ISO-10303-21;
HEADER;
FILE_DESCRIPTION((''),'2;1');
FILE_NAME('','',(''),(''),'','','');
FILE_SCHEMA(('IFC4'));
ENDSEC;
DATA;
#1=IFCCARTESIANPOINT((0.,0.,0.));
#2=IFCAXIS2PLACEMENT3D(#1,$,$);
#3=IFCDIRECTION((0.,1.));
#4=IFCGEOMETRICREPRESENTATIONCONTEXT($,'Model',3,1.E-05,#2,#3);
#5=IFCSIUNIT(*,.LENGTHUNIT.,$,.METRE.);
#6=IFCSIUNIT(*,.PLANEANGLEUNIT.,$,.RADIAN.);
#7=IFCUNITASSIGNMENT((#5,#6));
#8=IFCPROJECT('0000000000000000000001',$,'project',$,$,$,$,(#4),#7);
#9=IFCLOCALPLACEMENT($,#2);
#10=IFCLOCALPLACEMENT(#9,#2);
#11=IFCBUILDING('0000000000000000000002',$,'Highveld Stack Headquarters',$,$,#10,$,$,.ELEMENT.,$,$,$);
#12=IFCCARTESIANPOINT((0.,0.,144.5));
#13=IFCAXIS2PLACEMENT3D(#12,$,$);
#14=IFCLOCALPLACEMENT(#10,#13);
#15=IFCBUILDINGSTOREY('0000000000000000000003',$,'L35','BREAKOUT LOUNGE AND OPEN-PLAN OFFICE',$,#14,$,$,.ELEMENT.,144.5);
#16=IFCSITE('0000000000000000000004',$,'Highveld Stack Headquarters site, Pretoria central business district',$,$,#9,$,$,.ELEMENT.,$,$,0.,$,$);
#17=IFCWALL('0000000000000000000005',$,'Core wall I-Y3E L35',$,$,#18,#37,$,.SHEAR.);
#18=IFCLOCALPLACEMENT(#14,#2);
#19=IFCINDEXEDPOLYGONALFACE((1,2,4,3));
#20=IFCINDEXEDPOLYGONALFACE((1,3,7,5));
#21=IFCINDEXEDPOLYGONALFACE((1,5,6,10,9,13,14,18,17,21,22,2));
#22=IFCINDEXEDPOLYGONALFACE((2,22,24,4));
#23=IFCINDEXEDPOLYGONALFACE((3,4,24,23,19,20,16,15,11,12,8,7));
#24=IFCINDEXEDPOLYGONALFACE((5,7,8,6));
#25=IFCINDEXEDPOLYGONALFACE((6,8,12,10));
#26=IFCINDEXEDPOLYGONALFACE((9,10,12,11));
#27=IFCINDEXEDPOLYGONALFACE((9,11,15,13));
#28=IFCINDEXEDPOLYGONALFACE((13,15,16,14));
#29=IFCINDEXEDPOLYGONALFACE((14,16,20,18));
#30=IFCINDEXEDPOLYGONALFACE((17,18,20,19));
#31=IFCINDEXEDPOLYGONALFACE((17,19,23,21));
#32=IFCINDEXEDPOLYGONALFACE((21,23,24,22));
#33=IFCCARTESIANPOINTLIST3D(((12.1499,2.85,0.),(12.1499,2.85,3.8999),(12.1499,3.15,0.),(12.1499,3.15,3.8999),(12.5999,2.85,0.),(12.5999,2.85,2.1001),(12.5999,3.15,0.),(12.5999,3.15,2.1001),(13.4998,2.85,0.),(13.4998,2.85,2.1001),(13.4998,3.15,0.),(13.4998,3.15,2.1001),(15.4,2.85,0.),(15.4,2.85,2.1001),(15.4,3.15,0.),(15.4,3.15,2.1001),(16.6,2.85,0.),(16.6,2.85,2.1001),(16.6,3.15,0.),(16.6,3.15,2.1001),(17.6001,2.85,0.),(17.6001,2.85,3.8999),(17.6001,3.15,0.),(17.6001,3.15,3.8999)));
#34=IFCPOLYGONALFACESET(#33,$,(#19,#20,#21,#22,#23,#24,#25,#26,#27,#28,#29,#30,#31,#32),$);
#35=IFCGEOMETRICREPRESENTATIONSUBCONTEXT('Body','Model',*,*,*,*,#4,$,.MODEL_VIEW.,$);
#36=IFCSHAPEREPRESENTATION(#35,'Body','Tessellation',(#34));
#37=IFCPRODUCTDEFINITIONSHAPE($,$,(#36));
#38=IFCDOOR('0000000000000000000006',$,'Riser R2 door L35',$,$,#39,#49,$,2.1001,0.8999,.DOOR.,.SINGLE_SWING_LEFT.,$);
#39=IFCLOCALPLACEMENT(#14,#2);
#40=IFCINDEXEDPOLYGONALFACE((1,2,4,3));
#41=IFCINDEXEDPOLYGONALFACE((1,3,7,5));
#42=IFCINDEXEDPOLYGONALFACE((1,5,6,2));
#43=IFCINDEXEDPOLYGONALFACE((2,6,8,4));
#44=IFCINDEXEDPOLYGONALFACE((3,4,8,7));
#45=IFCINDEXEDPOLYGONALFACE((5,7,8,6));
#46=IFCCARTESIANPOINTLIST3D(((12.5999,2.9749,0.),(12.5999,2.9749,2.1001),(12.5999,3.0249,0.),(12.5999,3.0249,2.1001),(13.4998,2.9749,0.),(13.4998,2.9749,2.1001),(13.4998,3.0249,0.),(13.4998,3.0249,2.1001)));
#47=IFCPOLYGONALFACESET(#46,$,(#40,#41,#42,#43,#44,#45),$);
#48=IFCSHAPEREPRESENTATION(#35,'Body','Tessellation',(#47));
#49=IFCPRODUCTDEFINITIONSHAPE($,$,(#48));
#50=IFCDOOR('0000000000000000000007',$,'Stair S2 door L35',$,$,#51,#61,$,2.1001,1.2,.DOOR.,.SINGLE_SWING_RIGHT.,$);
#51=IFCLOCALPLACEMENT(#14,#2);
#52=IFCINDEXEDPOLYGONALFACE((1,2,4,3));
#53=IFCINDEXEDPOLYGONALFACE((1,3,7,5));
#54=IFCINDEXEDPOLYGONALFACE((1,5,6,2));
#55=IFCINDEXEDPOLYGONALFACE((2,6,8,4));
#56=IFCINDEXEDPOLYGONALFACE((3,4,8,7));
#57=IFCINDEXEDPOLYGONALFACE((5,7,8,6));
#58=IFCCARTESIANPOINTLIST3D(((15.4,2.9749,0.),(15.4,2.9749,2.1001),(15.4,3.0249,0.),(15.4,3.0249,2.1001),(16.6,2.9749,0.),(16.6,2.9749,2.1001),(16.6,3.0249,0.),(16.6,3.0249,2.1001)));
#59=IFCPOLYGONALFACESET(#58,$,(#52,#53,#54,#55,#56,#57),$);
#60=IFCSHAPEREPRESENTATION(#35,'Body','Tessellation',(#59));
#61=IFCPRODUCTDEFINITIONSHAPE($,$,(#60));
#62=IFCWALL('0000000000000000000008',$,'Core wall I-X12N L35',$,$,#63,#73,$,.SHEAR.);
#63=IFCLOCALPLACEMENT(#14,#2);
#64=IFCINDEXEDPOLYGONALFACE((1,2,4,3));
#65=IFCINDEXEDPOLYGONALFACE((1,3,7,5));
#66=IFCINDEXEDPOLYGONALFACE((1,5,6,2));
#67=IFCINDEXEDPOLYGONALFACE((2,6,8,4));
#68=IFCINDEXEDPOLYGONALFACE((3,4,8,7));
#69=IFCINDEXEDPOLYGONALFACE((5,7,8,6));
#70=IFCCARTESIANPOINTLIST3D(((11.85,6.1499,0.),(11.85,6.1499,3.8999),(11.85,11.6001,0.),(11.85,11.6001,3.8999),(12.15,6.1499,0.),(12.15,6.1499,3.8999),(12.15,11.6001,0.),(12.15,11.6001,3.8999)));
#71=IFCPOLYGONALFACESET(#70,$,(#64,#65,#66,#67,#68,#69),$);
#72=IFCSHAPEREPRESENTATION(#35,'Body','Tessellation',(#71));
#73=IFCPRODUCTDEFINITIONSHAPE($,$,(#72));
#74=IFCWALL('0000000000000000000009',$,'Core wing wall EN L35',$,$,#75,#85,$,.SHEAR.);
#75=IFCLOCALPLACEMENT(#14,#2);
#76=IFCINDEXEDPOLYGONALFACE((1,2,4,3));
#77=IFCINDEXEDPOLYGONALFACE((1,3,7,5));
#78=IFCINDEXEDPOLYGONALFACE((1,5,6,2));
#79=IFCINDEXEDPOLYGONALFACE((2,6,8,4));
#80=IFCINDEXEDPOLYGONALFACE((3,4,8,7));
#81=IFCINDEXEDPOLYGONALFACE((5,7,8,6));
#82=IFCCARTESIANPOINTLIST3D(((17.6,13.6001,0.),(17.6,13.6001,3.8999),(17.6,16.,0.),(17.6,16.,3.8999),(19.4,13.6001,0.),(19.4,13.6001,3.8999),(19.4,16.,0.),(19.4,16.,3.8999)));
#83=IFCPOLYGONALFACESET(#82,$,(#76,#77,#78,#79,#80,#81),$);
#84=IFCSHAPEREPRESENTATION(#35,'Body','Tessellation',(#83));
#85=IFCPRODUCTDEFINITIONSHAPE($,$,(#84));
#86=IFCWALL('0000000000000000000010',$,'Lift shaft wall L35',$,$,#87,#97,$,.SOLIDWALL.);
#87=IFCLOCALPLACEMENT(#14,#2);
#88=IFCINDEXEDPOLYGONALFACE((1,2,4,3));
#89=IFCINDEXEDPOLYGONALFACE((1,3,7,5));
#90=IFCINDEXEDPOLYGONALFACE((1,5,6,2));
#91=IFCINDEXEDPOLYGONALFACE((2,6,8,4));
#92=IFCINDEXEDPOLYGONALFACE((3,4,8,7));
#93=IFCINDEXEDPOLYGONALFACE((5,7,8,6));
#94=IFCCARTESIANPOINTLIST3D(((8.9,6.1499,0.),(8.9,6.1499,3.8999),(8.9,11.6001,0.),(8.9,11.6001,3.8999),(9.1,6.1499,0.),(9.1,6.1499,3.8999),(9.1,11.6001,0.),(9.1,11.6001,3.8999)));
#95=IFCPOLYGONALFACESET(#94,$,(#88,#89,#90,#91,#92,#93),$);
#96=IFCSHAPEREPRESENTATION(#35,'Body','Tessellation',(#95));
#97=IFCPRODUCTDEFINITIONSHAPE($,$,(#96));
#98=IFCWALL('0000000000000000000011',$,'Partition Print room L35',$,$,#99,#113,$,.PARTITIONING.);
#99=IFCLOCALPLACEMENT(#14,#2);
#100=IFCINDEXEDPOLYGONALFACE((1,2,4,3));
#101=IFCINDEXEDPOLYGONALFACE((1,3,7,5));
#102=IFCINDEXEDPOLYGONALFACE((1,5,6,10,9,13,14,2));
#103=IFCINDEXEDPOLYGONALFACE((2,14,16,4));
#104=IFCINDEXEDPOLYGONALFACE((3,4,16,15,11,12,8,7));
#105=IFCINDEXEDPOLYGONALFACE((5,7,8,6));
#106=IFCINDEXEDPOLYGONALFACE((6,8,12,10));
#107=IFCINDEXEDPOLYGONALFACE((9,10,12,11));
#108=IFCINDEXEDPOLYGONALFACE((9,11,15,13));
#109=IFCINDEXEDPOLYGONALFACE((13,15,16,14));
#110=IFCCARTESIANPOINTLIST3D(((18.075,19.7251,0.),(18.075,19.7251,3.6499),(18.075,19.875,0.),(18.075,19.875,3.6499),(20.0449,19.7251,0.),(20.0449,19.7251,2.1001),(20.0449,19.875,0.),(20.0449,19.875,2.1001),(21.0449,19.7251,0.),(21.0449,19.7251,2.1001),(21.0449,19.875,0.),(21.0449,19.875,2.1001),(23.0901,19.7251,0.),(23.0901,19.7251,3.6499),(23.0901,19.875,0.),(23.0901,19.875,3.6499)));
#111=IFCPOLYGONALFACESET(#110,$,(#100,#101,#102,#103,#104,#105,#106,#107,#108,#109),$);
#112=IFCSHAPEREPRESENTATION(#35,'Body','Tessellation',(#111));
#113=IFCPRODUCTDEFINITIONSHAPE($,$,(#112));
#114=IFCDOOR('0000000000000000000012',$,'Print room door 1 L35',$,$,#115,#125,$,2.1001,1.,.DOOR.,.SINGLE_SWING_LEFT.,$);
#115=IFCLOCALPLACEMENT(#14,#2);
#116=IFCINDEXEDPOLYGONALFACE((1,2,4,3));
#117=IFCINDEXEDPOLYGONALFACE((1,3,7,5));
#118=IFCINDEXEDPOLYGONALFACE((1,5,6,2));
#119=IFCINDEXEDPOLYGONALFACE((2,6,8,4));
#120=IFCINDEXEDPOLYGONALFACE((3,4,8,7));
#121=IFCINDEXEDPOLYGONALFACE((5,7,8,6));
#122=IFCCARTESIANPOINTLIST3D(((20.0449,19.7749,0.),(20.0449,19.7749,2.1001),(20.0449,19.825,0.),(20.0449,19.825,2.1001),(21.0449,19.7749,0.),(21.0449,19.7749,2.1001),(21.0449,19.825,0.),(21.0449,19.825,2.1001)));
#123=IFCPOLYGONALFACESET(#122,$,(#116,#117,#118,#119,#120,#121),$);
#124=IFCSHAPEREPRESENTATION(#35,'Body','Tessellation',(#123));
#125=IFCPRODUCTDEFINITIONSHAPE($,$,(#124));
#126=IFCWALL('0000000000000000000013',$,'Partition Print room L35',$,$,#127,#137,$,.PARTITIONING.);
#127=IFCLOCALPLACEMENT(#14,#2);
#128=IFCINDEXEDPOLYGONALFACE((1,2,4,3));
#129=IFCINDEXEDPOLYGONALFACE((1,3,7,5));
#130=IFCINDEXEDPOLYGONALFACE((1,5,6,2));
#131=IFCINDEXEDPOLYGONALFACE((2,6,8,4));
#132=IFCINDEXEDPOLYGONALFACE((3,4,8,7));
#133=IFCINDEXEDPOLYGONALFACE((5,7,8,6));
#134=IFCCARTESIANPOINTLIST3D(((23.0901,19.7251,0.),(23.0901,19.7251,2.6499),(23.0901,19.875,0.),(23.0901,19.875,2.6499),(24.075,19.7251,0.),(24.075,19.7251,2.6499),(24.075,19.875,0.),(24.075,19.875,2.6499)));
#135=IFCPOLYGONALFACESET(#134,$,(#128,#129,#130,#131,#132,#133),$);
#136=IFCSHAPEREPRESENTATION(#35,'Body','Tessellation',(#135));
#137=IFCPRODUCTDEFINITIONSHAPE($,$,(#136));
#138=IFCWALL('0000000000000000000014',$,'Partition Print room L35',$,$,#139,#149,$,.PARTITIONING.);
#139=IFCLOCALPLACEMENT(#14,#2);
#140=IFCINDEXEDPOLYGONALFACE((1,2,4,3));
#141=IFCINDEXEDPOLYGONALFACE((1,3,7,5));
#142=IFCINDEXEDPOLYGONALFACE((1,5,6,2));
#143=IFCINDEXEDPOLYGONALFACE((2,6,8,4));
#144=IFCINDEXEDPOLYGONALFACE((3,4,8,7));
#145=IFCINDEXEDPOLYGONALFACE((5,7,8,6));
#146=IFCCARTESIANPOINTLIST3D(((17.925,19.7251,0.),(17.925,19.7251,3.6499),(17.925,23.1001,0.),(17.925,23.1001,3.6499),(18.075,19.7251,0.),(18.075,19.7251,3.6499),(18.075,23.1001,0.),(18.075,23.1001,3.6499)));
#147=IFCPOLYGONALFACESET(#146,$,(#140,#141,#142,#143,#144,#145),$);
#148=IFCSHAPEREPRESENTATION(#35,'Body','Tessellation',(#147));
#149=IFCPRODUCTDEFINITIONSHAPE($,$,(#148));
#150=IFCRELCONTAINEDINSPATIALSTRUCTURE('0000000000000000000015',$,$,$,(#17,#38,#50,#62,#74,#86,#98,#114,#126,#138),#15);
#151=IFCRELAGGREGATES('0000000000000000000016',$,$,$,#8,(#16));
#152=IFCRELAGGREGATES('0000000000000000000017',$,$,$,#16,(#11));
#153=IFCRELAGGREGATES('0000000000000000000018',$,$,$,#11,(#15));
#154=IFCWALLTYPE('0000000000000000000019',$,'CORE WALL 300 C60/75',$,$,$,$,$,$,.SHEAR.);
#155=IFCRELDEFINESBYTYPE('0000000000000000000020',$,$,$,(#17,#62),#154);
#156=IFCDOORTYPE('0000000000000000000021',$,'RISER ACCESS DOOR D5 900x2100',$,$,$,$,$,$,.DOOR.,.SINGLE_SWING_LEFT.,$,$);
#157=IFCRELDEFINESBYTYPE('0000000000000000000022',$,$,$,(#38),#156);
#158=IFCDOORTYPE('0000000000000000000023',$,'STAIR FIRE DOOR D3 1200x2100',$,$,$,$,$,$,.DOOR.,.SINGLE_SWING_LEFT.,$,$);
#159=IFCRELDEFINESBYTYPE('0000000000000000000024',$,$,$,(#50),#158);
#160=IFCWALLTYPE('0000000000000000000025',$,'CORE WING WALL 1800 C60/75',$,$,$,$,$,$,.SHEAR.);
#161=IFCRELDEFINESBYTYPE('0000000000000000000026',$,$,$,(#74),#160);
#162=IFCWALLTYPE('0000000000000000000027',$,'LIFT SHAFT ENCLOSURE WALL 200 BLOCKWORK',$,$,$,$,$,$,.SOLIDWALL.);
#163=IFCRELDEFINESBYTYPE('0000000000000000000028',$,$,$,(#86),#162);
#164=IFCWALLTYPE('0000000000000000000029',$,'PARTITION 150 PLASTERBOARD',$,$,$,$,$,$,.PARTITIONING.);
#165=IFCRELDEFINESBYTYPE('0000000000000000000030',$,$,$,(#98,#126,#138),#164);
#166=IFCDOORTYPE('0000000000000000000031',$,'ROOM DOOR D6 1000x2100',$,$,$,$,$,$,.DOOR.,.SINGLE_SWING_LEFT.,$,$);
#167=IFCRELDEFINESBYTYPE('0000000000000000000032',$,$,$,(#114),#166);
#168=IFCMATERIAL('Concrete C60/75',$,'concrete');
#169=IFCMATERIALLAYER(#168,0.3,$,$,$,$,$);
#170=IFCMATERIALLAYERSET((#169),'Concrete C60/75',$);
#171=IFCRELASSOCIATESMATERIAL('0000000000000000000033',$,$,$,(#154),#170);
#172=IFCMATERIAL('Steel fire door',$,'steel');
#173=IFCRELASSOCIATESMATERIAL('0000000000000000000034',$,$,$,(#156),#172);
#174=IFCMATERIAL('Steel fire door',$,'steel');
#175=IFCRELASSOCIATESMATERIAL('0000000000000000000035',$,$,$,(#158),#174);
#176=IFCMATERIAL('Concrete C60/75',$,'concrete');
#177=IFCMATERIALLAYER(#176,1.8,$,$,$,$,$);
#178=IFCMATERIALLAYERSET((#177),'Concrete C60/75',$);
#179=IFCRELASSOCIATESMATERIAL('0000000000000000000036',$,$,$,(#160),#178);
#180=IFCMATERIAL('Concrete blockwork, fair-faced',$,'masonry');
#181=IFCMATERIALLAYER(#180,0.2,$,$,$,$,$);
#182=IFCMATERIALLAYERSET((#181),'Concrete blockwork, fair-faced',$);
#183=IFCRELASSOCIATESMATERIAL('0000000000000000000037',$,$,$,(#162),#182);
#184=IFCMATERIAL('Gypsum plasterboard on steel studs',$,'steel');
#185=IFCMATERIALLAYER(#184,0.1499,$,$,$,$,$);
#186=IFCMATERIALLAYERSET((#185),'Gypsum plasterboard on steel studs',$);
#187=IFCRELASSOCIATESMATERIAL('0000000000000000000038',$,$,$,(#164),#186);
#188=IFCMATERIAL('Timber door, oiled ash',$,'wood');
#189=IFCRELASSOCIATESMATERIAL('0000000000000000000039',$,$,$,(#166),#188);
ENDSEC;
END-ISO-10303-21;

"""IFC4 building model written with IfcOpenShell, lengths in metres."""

from ifc_helpers import new_model, si_unit, direction, frame, frame_2d, origin, place, context, subcontext, project, spatial, rectangle, extrude, material, layer, layer_set, type_object, element, fill, save


model = new_model("IFC4")

# Units and contexts
model_context = context("Model", 3, precision=1e-05, world=origin(), true_north=direction((0.0, 1.0)))
body_context = subcontext(model_context, "Body", "Model", "MODEL_VIEW")
ifc_project = project(units=[si_unit("LENGTHUNIT", "METRE"), si_unit("PLANEANGLEUNIT", "RADIAN")], contexts=[model_context])

# Site, building, storey
site_placement = place(None, origin())
site = spatial("IfcSite", under=ifc_project, at=site_placement, Name="Highveld Stack Headquarters site, Pretoria central business district", CompositionType="ELEMENT", RefElevation=0.0)
building_placement = place(site_placement, origin())
building = spatial("IfcBuilding", under=site, at=building_placement, Name="Highveld Stack Headquarters", CompositionType="ELEMENT")
storey_placement = place(building_placement, frame((0.0, 0.0, 144.5)))
storey = spatial("IfcBuildingStorey", under=building, at=storey_placement, Name="L35", Description="BREAKOUT LOUNGE AND OPEN-PLAN OFFICE", CompositionType="ELEMENT", Elevation=144.5)

# Wall, openings, doors
ifc_material_1 = material(Name="Concrete C60/75", Category="concrete")
ifc_layer_1 = layer(ifc_material_1, 0.3)
ifc_layer_set_1 = layer_set([ifc_layer_1], Name="Concrete C60/75")
wall_type_1 = type_object("IfcWallType", Name="CORE WALL 300 C60/75", PredefinedType="SHEAR", material=ifc_layer_set_1)
wall_1_placement = place(storey_placement, frame((12.1499, 3.0, 0.0), z_axis=(0.0, 0.0, 1.0), x_axis=(1.0, 0.0, 0.0)))
wall_1 = element("IfcWall", 1, at=wall_1_placement, inside=storey, type_object=wall_type_1, Name="Core wall I-Y3E L35", PredefinedType="SHEAR", context=body_context, shape_type="SweptSolid", body=[
    extrude(rectangle(XDim=5.4502, YDim=0.3, at=frame_2d((2.7251, 0.0))), origin(), (0.0, 0.0, 1.0), 3.8999),
])
opening_1_placement = place(wall_1_placement, frame((3.25, 0.0, 0.0)))
opening_1 = element("IfcOpeningElement", 2, at=opening_1_placement, cuts=wall_1, PredefinedType="OPENING", context=body_context, shape_type="SweptSolid", body=[
    extrude(rectangle(XDim=1.2, YDim=2.1001, at=frame_2d((0.6001, 1.05))), frame((0.0, 0.1599, 0.0), z_axis=(0.0, -1.0, 0.0), x_axis=(1.0, 0.0, 0.0)), (0.0, 0.0, 1.0), 0.3201),
])
opening_2_placement = place(wall_1_placement, frame((0.45, 0.0, 0.0)))
opening_2 = element("IfcOpeningElement", 3, at=opening_2_placement, cuts=wall_1, PredefinedType="OPENING", context=body_context, shape_type="SweptSolid", body=[
    extrude(rectangle(XDim=0.8999, YDim=2.1001, at=frame_2d((0.45, 1.05))), frame((0.0, 0.1599, 0.0), z_axis=(0.0, -1.0, 0.0), x_axis=(1.0, 0.0, 0.0)), (0.0, 0.0, 1.0), 0.3201),
])
ifc_material_2 = material(Name="Steel fire door", Category="steel")
door_type_1 = type_object("IfcDoorType", Name="RISER ACCESS DOOR D5 900x2100", OperationType="SINGLE_SWING_LEFT", PredefinedType="DOOR", material=ifc_material_2)
door_1_placement = place(opening_2_placement, origin())
door_1 = element("IfcDoor", 4, at=door_1_placement, inside=storey, type_object=door_type_1, Name="Riser R2 door L35", OperationType="SINGLE_SWING_LEFT", OverallHeight=2.1001, OverallWidth=0.8999, PredefinedType="DOOR", context=body_context, shape_type="SweptSolid", body=[
    extrude(rectangle(XDim=0.8999, YDim=2.1001, at=frame_2d((0.45, 1.05))), frame((0.0, 0.0249, 0.0), z_axis=(0.0, -1.0, 0.0), x_axis=(1.0, 0.0, 0.0)), (0.0, 0.0, 1.0), 0.05),
])
fill(opening_2, door_1)
ifc_material_3 = material(Name="Steel fire door", Category="steel")
door_type_2 = type_object("IfcDoorType", Name="STAIR FIRE DOOR D3 1200x2100", OperationType="SINGLE_SWING_LEFT", PredefinedType="DOOR", material=ifc_material_3)
door_2_placement = place(opening_1_placement, origin())
door_2 = element("IfcDoor", 5, at=door_2_placement, inside=storey, type_object=door_type_2, Name="Stair S2 door L35", OperationType="SINGLE_SWING_RIGHT", OverallHeight=2.1001, OverallWidth=1.2, PredefinedType="DOOR", context=body_context, shape_type="SweptSolid", body=[
    extrude(rectangle(XDim=1.2, YDim=2.1001, at=frame_2d((0.6001, 1.05))), frame((0.0, 0.0249, 0.0), z_axis=(0.0, -1.0, 0.0), x_axis=(1.0, 0.0, 0.0)), (0.0, 0.0, 1.0), 0.05),
])
fill(opening_1, door_2)

# Walls
wall_2_placement = place(storey_placement, frame((12.0, 6.1499, 0.0), z_axis=(0.0, 0.0, 1.0), x_axis=(0.0, 1.0, 0.0)))
element("IfcWall", 6, at=wall_2_placement, inside=storey, type_object=wall_type_1, Name="Core wall I-X12N L35", PredefinedType="SHEAR", context=body_context, shape_type="SweptSolid", body=[
    extrude(rectangle(XDim=5.4502, YDim=0.3, at=frame_2d((2.7251, 0.0))), origin(), (0.0, 0.0, 1.0), 3.8999),
])
ifc_material_4 = material(Name="Concrete C60/75", Category="concrete")
ifc_layer_2 = layer(ifc_material_4, 1.8)
ifc_layer_set_2 = layer_set([ifc_layer_2], Name="Concrete C60/75")
wall_type_2 = type_object("IfcWallType", Name="CORE WING WALL 1800 C60/75", PredefinedType="SHEAR", material=ifc_layer_set_2)
wall_3_placement = place(storey_placement, frame((18.5, 13.6001, 0.0), z_axis=(0.0, 0.0, 1.0), x_axis=(0.0, 1.0, 0.0)))
element("IfcWall", 7, at=wall_3_placement, inside=storey, type_object=wall_type_2, Name="Core wing wall EN L35", PredefinedType="SHEAR", context=body_context, shape_type="SweptSolid", body=[
    extrude(rectangle(XDim=2.3999, YDim=1.8, at=frame_2d((1.2, 0.0))), origin(), (0.0, 0.0, 1.0), 3.8999),
])
ifc_material_5 = material(Name="Concrete blockwork, fair-faced", Category="masonry")
ifc_layer_3 = layer(ifc_material_5, 0.2)
ifc_layer_set_3 = layer_set([ifc_layer_3], Name="Concrete blockwork, fair-faced")
wall_type_3 = type_object("IfcWallType", Name="LIFT SHAFT ENCLOSURE WALL 200 BLOCKWORK", PredefinedType="SOLIDWALL", material=ifc_layer_set_3)
wall_4_placement = place(storey_placement, frame((9.0, 6.1499, 0.0), z_axis=(0.0, 0.0, 1.0), x_axis=(0.0, 1.0, 0.0)))
element("IfcWall", 8, at=wall_4_placement, inside=storey, type_object=wall_type_3, Name="Lift shaft wall L35", PredefinedType="SOLIDWALL", context=body_context, shape_type="SweptSolid", body=[
    extrude(rectangle(XDim=5.4502, YDim=0.2, at=frame_2d((2.7251, 0.0))), origin(), (0.0, 0.0, 1.0), 3.8999),
])

# Wall, opening, door
ifc_material_6 = material(Name="Gypsum plasterboard on steel studs", Category="steel")
ifc_layer_4 = layer(ifc_material_6, 0.1499)
ifc_layer_set_4 = layer_set([ifc_layer_4], Name="Gypsum plasterboard on steel studs")
wall_type_4 = type_object("IfcWallType", Name="PARTITION 150 PLASTERBOARD", PredefinedType="PARTITIONING", material=ifc_layer_set_4)
wall_5_placement = place(storey_placement, frame((18.075, 19.8, 0.0), z_axis=(0.0, 0.0, 1.0), x_axis=(1.0, 0.0, 0.0)))
wall_5 = element("IfcWall", 9, at=wall_5_placement, inside=storey, type_object=wall_type_4, Name="Partition Print room L35", PredefinedType="PARTITIONING", context=body_context, shape_type="SweptSolid", body=[
    extrude(rectangle(XDim=5.0151, YDim=0.1499, at=frame_2d((2.5076, 0.0))), origin(), (0.0, 0.0, 1.0), 3.6499),
])
opening_3_placement = place(wall_5_placement, frame((1.97, 0.0, 0.0)))
opening_3 = element("IfcOpeningElement", 10, at=opening_3_placement, cuts=wall_5, PredefinedType="OPENING", context=body_context, shape_type="SweptSolid", body=[
    extrude(rectangle(XDim=1.0, YDim=2.1001, at=frame_2d((0.5, 1.05))), frame((0.0, 0.085, 0.0), z_axis=(0.0, -1.0, 0.0), x_axis=(1.0, 0.0, 0.0)), (0.0, 0.0, 1.0), 0.1699),
])
ifc_material_7 = material(Name="Timber door, oiled ash", Category="wood")
door_type_3 = type_object("IfcDoorType", Name="ROOM DOOR D6 1000x2100", OperationType="SINGLE_SWING_LEFT", PredefinedType="DOOR", material=ifc_material_7)
door_3_placement = place(opening_3_placement, origin())
door_3 = element("IfcDoor", 11, at=door_3_placement, inside=storey, type_object=door_type_3, Name="Print room door 1 L35", OperationType="SINGLE_SWING_LEFT", OverallHeight=2.1001, OverallWidth=1.0, PredefinedType="DOOR", context=body_context, shape_type="SweptSolid", body=[
    extrude(rectangle(XDim=1.0, YDim=2.1001, at=frame_2d((0.5, 1.05))), frame((0.0, 0.0249, 0.0), z_axis=(0.0, -1.0, 0.0), x_axis=(1.0, 0.0, 0.0)), (0.0, 0.0, 1.0), 0.05),
])
fill(opening_3, door_3)

# Walls
wall_6_placement = place(storey_placement, frame((23.0901, 19.8, 0.0), z_axis=(0.0, 0.0, 1.0), x_axis=(1.0, 0.0, 0.0)))
element("IfcWall", 12, at=wall_6_placement, inside=storey, type_object=wall_type_4, Name="Partition Print room L35", PredefinedType="PARTITIONING", context=body_context, shape_type="SweptSolid", body=[
    extrude(rectangle(XDim=0.9849, YDim=0.1499, at=frame_2d((0.4924, 0.0))), origin(), (0.0, 0.0, 1.0), 2.6499),
])
wall_7_placement = place(storey_placement, frame((18.0, 19.7251, 0.0), z_axis=(0.0, 0.0, 1.0), x_axis=(0.0, 1.0, 0.0)))
element("IfcWall", 13, at=wall_7_placement, inside=storey, type_object=wall_type_4, Name="Partition Print room L35", PredefinedType="PARTITIONING", context=body_context, shape_type="SweptSolid", body=[
    extrude(rectangle(XDim=3.375, YDim=0.1499, at=frame_2d((1.6875, 0.0))), origin(), (0.0, 0.0, 1.0), 3.6499),
])

save(model, "model.ifc")
